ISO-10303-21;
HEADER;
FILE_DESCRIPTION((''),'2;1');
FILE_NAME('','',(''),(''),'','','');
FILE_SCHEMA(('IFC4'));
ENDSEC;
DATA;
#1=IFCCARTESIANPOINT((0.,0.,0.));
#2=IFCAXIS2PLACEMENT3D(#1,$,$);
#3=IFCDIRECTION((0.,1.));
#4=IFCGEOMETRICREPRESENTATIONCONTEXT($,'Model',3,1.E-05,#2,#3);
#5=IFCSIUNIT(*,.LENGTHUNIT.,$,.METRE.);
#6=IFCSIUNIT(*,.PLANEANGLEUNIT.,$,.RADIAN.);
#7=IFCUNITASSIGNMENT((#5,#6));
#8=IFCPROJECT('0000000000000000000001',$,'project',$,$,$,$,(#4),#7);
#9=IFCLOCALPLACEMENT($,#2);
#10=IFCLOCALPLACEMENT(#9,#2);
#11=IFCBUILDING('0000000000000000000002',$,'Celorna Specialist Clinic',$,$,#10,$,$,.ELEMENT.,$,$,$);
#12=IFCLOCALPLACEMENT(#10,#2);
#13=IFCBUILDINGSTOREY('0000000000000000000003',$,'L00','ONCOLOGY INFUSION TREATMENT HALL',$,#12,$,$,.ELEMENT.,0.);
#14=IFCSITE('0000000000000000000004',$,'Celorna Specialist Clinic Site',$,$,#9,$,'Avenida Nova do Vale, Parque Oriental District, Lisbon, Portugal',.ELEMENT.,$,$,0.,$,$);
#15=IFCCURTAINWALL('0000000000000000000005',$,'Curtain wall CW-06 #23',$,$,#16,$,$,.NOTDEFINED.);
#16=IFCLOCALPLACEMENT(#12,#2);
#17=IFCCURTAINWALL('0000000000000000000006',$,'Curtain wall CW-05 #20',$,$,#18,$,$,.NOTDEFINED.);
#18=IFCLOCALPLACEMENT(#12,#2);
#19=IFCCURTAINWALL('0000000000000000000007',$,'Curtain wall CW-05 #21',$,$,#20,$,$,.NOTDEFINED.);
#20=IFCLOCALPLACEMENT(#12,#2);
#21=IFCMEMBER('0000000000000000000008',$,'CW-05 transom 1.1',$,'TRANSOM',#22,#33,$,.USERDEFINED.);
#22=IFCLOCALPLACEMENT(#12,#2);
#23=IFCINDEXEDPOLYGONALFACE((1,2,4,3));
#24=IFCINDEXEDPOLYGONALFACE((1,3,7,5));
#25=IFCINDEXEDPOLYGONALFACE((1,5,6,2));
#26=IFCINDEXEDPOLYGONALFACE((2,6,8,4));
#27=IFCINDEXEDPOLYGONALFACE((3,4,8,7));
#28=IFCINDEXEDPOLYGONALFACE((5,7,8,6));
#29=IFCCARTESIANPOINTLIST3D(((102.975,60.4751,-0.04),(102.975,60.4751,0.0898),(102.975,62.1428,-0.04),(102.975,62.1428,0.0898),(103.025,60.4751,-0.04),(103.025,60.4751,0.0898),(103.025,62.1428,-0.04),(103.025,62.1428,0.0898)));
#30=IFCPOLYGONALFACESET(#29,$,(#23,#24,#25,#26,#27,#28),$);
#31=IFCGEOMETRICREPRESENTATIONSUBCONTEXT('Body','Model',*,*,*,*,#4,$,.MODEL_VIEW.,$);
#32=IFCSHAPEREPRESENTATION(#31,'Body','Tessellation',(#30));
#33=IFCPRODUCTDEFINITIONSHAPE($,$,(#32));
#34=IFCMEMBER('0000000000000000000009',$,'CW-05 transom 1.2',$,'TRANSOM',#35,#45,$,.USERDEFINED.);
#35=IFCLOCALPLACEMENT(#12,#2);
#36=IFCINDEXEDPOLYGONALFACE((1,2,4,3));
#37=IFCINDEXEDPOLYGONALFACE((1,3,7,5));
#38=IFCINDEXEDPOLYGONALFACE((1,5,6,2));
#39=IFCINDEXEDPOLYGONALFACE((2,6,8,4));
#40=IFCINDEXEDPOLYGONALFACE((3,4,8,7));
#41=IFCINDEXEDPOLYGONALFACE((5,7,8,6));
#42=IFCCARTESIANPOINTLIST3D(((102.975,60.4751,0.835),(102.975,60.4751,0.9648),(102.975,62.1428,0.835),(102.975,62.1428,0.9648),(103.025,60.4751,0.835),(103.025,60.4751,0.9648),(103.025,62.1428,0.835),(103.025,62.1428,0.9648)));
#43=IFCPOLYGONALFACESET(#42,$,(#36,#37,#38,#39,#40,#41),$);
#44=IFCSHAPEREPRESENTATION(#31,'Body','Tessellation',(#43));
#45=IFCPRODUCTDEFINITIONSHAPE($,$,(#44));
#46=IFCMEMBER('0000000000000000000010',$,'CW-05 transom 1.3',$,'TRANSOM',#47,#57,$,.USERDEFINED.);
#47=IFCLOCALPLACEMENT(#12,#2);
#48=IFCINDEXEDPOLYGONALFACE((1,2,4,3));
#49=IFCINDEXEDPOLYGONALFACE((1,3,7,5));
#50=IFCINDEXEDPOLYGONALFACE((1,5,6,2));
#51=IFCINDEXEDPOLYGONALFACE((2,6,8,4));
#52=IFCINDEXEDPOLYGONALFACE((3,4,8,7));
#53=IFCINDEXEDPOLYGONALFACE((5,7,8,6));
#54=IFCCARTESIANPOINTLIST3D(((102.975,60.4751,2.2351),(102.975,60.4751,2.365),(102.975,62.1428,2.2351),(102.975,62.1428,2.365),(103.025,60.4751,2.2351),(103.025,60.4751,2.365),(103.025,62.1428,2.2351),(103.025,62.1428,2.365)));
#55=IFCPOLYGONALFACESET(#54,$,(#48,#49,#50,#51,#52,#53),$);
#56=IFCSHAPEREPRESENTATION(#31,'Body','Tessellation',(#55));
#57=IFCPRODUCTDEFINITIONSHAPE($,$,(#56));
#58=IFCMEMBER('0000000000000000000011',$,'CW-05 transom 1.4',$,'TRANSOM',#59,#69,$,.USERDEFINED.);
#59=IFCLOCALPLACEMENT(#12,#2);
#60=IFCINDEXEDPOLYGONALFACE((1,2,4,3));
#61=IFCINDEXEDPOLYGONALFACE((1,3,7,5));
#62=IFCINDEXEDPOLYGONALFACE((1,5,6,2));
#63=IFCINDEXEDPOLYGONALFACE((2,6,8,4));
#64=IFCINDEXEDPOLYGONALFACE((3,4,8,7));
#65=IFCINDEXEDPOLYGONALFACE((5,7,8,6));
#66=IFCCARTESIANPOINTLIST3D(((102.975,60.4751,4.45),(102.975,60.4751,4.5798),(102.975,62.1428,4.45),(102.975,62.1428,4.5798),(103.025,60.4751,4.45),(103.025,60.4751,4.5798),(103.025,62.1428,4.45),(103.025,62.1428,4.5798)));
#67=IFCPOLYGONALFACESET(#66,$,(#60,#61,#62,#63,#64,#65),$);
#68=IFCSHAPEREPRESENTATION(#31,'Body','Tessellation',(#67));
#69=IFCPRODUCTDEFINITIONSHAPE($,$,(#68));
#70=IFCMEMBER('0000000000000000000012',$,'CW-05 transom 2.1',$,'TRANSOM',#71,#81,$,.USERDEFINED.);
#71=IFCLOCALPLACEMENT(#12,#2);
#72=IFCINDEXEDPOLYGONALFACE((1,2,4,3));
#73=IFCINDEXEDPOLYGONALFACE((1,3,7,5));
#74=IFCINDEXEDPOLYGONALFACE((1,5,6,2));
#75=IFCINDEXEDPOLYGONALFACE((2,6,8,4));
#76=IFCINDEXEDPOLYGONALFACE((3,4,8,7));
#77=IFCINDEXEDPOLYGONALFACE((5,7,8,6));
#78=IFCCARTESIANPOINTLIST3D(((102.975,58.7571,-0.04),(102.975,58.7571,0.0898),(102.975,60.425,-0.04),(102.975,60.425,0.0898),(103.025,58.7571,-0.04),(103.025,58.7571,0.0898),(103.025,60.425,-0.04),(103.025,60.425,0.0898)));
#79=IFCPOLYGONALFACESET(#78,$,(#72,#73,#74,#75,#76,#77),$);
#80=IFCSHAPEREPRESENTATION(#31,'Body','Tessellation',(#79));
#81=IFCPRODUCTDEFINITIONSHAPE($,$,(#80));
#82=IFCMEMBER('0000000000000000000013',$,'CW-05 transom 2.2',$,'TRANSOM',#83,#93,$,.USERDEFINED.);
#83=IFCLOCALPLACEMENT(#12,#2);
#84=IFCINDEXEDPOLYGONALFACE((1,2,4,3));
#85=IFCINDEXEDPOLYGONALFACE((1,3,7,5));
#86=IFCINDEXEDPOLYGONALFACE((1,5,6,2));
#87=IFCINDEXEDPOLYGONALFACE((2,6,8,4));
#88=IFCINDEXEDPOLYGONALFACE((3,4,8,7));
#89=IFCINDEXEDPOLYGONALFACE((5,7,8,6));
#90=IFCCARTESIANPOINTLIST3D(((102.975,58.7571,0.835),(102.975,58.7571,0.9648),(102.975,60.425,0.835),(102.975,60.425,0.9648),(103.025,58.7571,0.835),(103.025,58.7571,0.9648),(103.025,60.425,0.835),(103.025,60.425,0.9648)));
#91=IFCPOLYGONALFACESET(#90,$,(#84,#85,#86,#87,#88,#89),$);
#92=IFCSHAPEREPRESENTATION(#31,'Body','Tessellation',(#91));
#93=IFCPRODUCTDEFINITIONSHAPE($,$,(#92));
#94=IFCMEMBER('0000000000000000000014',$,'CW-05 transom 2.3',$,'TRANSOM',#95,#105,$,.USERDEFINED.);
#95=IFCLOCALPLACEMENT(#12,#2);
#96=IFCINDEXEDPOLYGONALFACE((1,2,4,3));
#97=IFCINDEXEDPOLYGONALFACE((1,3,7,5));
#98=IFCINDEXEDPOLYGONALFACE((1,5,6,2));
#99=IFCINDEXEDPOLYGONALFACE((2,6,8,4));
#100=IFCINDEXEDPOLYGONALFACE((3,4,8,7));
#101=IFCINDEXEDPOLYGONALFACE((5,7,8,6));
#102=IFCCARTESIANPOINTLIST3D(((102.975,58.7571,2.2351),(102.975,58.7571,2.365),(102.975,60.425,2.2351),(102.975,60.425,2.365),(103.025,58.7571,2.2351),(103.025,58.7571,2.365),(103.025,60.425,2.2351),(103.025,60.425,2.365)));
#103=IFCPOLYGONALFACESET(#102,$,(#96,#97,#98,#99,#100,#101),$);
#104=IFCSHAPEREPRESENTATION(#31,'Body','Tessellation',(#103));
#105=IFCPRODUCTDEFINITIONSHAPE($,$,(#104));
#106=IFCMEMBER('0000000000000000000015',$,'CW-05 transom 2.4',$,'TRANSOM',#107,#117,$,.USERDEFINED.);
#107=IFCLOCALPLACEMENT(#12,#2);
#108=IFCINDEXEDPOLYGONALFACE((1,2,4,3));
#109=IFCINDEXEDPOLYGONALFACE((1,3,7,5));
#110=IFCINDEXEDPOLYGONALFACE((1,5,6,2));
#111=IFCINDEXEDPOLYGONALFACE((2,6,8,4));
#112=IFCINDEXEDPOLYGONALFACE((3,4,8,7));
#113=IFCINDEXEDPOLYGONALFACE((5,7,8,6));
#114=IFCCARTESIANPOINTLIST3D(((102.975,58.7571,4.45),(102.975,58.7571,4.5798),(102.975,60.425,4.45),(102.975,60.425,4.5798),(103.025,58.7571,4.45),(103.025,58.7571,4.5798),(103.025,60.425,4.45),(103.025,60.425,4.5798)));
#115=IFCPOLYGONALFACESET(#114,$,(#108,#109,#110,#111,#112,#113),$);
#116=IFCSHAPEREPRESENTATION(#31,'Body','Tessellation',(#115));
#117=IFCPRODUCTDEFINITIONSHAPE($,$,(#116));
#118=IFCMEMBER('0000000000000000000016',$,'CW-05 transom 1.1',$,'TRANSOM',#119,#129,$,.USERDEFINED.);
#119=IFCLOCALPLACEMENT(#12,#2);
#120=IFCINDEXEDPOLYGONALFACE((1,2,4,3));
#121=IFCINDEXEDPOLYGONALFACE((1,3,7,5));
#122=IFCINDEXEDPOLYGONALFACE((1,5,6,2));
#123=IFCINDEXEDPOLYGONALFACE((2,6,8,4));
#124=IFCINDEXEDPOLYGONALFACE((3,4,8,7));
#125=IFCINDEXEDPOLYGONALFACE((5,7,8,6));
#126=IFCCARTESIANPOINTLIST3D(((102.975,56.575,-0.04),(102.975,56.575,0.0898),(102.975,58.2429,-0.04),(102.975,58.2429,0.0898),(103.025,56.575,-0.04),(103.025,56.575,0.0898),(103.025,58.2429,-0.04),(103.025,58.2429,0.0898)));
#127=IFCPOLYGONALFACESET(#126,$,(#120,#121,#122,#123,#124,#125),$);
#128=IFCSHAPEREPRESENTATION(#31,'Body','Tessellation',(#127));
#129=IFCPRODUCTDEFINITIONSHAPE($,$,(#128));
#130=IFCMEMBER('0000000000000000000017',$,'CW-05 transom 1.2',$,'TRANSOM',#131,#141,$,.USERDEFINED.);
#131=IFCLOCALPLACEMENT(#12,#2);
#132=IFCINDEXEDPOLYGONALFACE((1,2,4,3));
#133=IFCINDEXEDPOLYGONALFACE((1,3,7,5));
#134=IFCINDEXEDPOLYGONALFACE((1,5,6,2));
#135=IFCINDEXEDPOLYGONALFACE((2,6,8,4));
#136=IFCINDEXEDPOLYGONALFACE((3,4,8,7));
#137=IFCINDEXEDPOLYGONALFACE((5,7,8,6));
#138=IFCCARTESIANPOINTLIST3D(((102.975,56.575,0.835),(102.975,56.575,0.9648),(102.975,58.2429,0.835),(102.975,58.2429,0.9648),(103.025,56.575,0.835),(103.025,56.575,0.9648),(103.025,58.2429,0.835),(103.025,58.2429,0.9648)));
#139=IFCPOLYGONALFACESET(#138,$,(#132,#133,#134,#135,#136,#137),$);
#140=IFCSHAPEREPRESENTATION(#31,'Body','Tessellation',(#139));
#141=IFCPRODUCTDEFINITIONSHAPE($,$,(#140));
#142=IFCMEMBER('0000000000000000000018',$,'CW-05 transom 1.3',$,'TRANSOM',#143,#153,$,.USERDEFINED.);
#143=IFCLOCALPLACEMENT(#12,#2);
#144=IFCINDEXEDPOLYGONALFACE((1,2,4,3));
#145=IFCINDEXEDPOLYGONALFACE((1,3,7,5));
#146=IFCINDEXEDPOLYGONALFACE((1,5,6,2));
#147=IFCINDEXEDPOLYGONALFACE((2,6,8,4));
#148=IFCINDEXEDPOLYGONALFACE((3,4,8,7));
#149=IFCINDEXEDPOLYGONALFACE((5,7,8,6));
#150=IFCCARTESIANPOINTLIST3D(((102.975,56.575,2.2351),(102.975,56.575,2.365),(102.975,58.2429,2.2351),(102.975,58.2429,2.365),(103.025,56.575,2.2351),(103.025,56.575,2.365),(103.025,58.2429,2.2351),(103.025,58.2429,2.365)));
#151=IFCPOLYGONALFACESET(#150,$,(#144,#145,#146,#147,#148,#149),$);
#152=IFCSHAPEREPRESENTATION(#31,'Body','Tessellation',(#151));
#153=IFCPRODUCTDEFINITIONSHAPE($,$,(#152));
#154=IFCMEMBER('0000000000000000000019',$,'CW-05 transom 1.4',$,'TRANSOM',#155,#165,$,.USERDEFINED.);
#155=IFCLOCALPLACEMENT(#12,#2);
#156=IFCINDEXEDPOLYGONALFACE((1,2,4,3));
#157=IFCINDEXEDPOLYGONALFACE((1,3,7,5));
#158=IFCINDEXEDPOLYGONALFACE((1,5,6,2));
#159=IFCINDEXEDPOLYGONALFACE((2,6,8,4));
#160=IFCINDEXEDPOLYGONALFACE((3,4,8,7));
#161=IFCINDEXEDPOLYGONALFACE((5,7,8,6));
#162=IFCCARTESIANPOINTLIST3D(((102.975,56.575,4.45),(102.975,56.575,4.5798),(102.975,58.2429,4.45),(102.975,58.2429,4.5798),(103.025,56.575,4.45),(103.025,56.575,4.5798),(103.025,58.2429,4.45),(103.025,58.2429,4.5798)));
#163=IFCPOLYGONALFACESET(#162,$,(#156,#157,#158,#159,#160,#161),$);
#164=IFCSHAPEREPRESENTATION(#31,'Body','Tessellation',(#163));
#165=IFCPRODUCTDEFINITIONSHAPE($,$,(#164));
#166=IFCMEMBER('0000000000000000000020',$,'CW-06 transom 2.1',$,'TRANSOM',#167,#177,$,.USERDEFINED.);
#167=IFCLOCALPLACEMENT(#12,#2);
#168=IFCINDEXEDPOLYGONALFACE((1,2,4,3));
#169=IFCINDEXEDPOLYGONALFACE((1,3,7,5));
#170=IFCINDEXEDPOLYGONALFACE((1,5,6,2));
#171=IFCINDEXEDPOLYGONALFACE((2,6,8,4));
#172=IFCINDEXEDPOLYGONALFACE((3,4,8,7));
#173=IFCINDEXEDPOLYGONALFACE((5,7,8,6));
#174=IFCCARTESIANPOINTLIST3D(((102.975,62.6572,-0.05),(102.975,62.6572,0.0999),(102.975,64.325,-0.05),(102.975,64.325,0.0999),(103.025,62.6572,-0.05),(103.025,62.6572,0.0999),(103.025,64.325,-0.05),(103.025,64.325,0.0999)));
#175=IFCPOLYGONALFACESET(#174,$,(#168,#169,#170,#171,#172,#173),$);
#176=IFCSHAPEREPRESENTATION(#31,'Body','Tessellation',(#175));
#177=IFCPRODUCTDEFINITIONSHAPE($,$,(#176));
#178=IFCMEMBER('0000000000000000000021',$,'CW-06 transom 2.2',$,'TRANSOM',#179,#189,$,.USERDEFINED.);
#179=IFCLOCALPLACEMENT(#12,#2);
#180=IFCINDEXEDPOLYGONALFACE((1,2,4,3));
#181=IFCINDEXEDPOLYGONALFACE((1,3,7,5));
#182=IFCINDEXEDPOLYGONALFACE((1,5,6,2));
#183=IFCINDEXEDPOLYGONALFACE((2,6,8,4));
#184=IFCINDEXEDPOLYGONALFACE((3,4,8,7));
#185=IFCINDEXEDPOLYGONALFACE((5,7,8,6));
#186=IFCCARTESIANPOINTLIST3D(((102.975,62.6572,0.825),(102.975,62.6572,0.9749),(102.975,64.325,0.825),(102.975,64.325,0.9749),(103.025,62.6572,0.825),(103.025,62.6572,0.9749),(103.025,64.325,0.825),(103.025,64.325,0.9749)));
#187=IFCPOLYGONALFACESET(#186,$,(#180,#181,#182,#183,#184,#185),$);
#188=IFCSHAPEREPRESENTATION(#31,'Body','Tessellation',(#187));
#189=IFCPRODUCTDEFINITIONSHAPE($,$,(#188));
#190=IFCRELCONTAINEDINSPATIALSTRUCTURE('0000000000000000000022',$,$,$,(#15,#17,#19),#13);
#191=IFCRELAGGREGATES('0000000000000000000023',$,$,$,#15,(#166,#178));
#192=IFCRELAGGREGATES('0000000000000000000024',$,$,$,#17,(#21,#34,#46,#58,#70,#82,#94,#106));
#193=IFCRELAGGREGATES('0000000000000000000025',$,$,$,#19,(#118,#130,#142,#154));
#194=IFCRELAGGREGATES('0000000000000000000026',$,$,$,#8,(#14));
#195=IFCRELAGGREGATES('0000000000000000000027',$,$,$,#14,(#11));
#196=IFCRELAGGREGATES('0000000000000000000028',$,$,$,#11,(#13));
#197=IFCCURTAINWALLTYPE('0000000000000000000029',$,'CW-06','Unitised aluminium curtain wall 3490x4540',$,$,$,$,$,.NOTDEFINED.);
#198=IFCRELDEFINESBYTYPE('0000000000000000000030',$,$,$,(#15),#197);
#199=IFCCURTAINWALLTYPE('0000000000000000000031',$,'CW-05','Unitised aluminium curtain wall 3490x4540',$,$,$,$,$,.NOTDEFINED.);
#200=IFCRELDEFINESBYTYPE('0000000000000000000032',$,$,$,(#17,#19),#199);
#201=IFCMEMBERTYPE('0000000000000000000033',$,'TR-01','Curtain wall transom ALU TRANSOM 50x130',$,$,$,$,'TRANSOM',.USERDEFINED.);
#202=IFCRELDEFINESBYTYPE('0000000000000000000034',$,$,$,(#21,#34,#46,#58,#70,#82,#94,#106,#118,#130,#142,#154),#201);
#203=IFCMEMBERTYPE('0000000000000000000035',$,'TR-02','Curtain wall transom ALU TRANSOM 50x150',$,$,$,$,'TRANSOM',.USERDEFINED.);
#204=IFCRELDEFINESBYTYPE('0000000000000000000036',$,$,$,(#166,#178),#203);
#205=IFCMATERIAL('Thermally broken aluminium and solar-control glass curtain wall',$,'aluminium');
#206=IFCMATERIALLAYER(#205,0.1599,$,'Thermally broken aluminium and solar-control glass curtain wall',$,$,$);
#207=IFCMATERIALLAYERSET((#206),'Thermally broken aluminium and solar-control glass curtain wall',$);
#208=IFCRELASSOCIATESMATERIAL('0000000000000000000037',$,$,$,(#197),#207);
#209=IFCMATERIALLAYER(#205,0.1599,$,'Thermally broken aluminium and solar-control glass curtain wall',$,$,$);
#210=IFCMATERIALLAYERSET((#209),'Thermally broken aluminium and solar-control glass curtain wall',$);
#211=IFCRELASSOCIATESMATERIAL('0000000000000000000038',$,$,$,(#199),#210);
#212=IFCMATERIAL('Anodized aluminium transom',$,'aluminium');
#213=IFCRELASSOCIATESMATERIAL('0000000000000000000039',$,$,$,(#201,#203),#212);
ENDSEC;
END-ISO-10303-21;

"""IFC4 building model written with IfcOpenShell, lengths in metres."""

from ifc_helpers import new_model, si_unit, direction, frame, origin, origin_2d, place, context, subcontext, project, spatial, rectangle, extrude, material, layer, layer_set, material_profile, profile_set, type_object, element, aggregate, save


model = new_model("IFC4")

# Units and contexts
model_context = context("Model", 3, precision=1e-05, world=origin(), true_north=direction((0.0, 1.0)))
body_context = subcontext(model_context, "Body", "Model", "MODEL_VIEW")
ifc_project = project(units=[si_unit("LENGTHUNIT", "METRE"), si_unit("PLANEANGLEUNIT", "RADIAN")], contexts=[model_context])

# Site, building, storey
site_placement = place(None, origin())
site = spatial("IfcSite", under=ifc_project, at=site_placement, Name="Celorna Specialist Clinic Site", LongName="Avenida Nova do Vale, Parque Oriental District, Lisbon, Portugal", CompositionType="ELEMENT", RefElevation=0.0)
building_placement = place(site_placement, origin())
building = spatial("IfcBuilding", under=site, at=building_placement, Name="Celorna Specialist Clinic", CompositionType="ELEMENT")
storey_placement = place(building_placement, origin())
storey = spatial("IfcBuildingStorey", under=building, at=storey_placement, Name="L00", Description="ONCOLOGY INFUSION TREATMENT HALL", CompositionType="ELEMENT", Elevation=0.0)

# Curtain wall
ifc_material_1 = material(Name="Thermally broken aluminium and solar-control glass curtain wall", Category="aluminium")
ifc_layer_1 = layer(ifc_material_1, 0.1599, Name="Thermally broken aluminium and solar-control glass curtain wall")
ifc_layer_set_1 = layer_set([ifc_layer_1], Name="Thermally broken aluminium and solar-control glass curtain wall")
curtain_wall_type_1 = type_object("IfcCurtainWallType", Name="CW-06", Description="Unitised aluminium curtain wall 3490x4540", PredefinedType="NOTDEFINED", material=ifc_layer_set_1)
curtain_wall_1_placement = place(storey_placement, origin())
curtain_wall_1 = element("IfcCurtainWall", 1, at=curtain_wall_1_placement, inside=storey, type_object=curtain_wall_type_1, Name="Curtain wall CW-06 #23", PredefinedType="NOTDEFINED")

# Curtain wall
ifc_layer_2 = layer(ifc_material_1, 0.1599, Name="Thermally broken aluminium and solar-control glass curtain wall")
ifc_layer_set_2 = layer_set([ifc_layer_2], Name="Thermally broken aluminium and solar-control glass curtain wall")
curtain_wall_type_2 = type_object("IfcCurtainWallType", Name="CW-05", Description="Unitised aluminium curtain wall 3490x4540", PredefinedType="NOTDEFINED", material=ifc_layer_set_2)
curtain_wall_2_placement = place(storey_placement, origin())
curtain_wall_2 = element("IfcCurtainWall", 2, at=curtain_wall_2_placement, inside=storey, type_object=curtain_wall_type_2, Name="Curtain wall CW-05 #20", PredefinedType="NOTDEFINED")

# Curtain wall
curtain_wall_3_placement = place(storey_placement, origin())
curtain_wall_3 = element("IfcCurtainWall", 3, at=curtain_wall_3_placement, inside=storey, type_object=curtain_wall_type_2, Name="Curtain wall CW-05 #21", PredefinedType="NOTDEFINED")

# Members
ifc_material_2 = material(Name="Anodized aluminium transom", Category="aluminium")
ifc_material_profile_1 = material_profile(ifc_material_2, rectangle(XDim=0.05, YDim=0.1299, at=origin_2d()), Name="ALU TRANSOM 50x130")
ifc_profile_set_1 = profile_set([ifc_material_profile_1], Name="Anodized aluminium transom")
member_type_1 = type_object("IfcMemberType", Name="TR-01", Description="Curtain wall transom ALU TRANSOM 50x130", ElementType="TRANSOM", PredefinedType="USERDEFINED", material=ifc_profile_set_1)
member_1_placement = place(storey_placement, frame((103.0, 62.1428, 0.0249), z_axis=(0.0, -1.0, 0.0), x_axis=(1.0, 0.0, 0.0)))
member_1 = element("IfcMember", 4, at=member_1_placement, type_object=member_type_1, Name="CW-05 transom 1.1", ObjectType="TRANSOM", PredefinedType="USERDEFINED", context=body_context, shape_type="SweptSolid", body=[
    extrude(rectangle(XDim=0.05, YDim=0.1299, at=origin_2d()), origin(), (0.0, 0.0, 1.0), 1.6677),
])
member_2_placement = place(storey_placement, frame((103.0, 62.1428, 0.8999), z_axis=(0.0, -1.0, 0.0), x_axis=(1.0, 0.0, 0.0)))
member_2 = element("IfcMember", 5, at=member_2_placement, type_object=member_type_1, Name="CW-05 transom 1.2", ObjectType="TRANSOM", PredefinedType="USERDEFINED", context=body_context, shape_type="SweptSolid", body=[
    extrude(rectangle(XDim=0.05, YDim=0.1299, at=origin_2d()), origin(), (0.0, 0.0, 1.0), 1.6677),
])
member_3_placement = place(storey_placement, frame((103.0, 62.1428, 2.3), z_axis=(0.0, -1.0, 0.0), x_axis=(1.0, 0.0, 0.0)))
member_3 = element("IfcMember", 6, at=member_3_placement, type_object=member_type_1, Name="CW-05 transom 1.3", ObjectType="TRANSOM", PredefinedType="USERDEFINED", context=body_context, shape_type="SweptSolid", body=[
    extrude(rectangle(XDim=0.05, YDim=0.1299, at=origin_2d()), origin(), (0.0, 0.0, 1.0), 1.6677),
])
member_4_placement = place(storey_placement, frame((103.0, 62.1428, 4.5149), z_axis=(0.0, -1.0, 0.0), x_axis=(1.0, 0.0, 0.0)))
member_4 = element("IfcMember", 7, at=member_4_placement, type_object=member_type_1, Name="CW-05 transom 1.4", ObjectType="TRANSOM", PredefinedType="USERDEFINED", context=body_context, shape_type="SweptSolid", body=[
    extrude(rectangle(XDim=0.05, YDim=0.1299, at=origin_2d()), origin(), (0.0, 0.0, 1.0), 1.6677),
])
member_5_placement = place(storey_placement, frame((103.0, 60.425, 0.0249), z_axis=(0.0, -1.0, 0.0), x_axis=(1.0, 0.0, 0.0)))
member_5 = element("IfcMember", 8, at=member_5_placement, type_object=member_type_1, Name="CW-05 transom 2.1", ObjectType="TRANSOM", PredefinedType="USERDEFINED", context=body_context, shape_type="SweptSolid", body=[
    extrude(rectangle(XDim=0.05, YDim=0.1299, at=origin_2d()), origin(), (0.0, 0.0, 1.0), 1.668),
])
member_6_placement = place(storey_placement, frame((103.0, 60.425, 0.8999), z_axis=(0.0, -1.0, 0.0), x_axis=(1.0, 0.0, 0.0)))
member_6 = element("IfcMember", 9, at=member_6_placement, type_object=member_type_1, Name="CW-05 transom 2.2", ObjectType="TRANSOM", PredefinedType="USERDEFINED", context=body_context, shape_type="SweptSolid", body=[
    extrude(rectangle(XDim=0.05, YDim=0.1299, at=origin_2d()), origin(), (0.0, 0.0, 1.0), 1.668),
])
member_7_placement = place(storey_placement, frame((103.0, 60.425, 2.3), z_axis=(0.0, -1.0, 0.0), x_axis=(1.0, 0.0, 0.0)))
member_7 = element("IfcMember", 10, at=member_7_placement, type_object=member_type_1, Name="CW-05 transom 2.3", ObjectType="TRANSOM", PredefinedType="USERDEFINED", context=body_context, shape_type="SweptSolid", body=[
    extrude(rectangle(XDim=0.05, YDim=0.1299, at=origin_2d()), origin(), (0.0, 0.0, 1.0), 1.668),
])
member_8_placement = place(storey_placement, frame((103.0, 60.425, 4.5149), z_axis=(0.0, -1.0, 0.0), x_axis=(1.0, 0.0, 0.0)))
member_8 = element("IfcMember", 11, at=member_8_placement, type_object=member_type_1, Name="CW-05 transom 2.4", ObjectType="TRANSOM", PredefinedType="USERDEFINED", context=body_context, shape_type="SweptSolid", body=[
    extrude(rectangle(XDim=0.05, YDim=0.1299, at=origin_2d()), origin(), (0.0, 0.0, 1.0), 1.668),
])
member_9_placement = place(storey_placement, frame((103.0, 58.2429, 0.0249), z_axis=(0.0, -1.0, 0.0), x_axis=(1.0, 0.0, 0.0)))
member_9 = element("IfcMember", 12, at=member_9_placement, type_object=member_type_1, Name="CW-05 transom 1.1", ObjectType="TRANSOM", PredefinedType="USERDEFINED", context=body_context, shape_type="SweptSolid", body=[
    extrude(rectangle(XDim=0.05, YDim=0.1299, at=origin_2d()), origin(), (0.0, 0.0, 1.0), 1.668),
])
member_10_placement = place(storey_placement, frame((103.0, 58.2429, 0.8999), z_axis=(0.0, -1.0, 0.0), x_axis=(1.0, 0.0, 0.0)))
member_10 = element("IfcMember", 13, at=member_10_placement, type_object=member_type_1, Name="CW-05 transom 1.2", ObjectType="TRANSOM", PredefinedType="USERDEFINED", context=body_context, shape_type="SweptSolid", body=[
    extrude(rectangle(XDim=0.05, YDim=0.1299, at=origin_2d()), origin(), (0.0, 0.0, 1.0), 1.668),
])
member_11_placement = place(storey_placement, frame((103.0, 58.2429, 2.3), z_axis=(0.0, -1.0, 0.0), x_axis=(1.0, 0.0, 0.0)))
member_11 = element("IfcMember", 14, at=member_11_placement, type_object=member_type_1, Name="CW-05 transom 1.3", ObjectType="TRANSOM", PredefinedType="USERDEFINED", context=body_context, shape_type="SweptSolid", body=[
    extrude(rectangle(XDim=0.05, YDim=0.1299, at=origin_2d()), origin(), (0.0, 0.0, 1.0), 1.668),
])
member_12_placement = place(storey_placement, frame((103.0, 58.2429, 4.5149), z_axis=(0.0, -1.0, 0.0), x_axis=(1.0, 0.0, 0.0)))
member_12 = element("IfcMember", 15, at=member_12_placement, type_object=member_type_1, Name="CW-05 transom 1.4", ObjectType="TRANSOM", PredefinedType="USERDEFINED", context=body_context, shape_type="SweptSolid", body=[
    extrude(rectangle(XDim=0.05, YDim=0.1299, at=origin_2d()), origin(), (0.0, 0.0, 1.0), 1.668),
])
ifc_material_profile_2 = material_profile(ifc_material_2, rectangle(XDim=0.05, YDim=0.1499, at=origin_2d()), Name="ALU TRANSOM 50x150")
ifc_profile_set_2 = profile_set([ifc_material_profile_2], Name="Anodized aluminium transom")
member_type_2 = type_object("IfcMemberType", Name="TR-02", Description="Curtain wall transom ALU TRANSOM 50x150", ElementType="TRANSOM", PredefinedType="USERDEFINED", material=ifc_profile_set_2)
member_13_placement = place(storey_placement, frame((103.0, 64.325, 0.0249), z_axis=(0.0, -1.0, 0.0), x_axis=(1.0, 0.0, 0.0)))
member_13 = element("IfcMember", 16, at=member_13_placement, type_object=member_type_2, Name="CW-06 transom 2.1", ObjectType="TRANSOM", PredefinedType="USERDEFINED", context=body_context, shape_type="SweptSolid", body=[
    extrude(rectangle(XDim=0.05, YDim=0.1499, at=origin_2d()), origin(), (0.0, 0.0, 1.0), 1.6677),
])
member_14_placement = place(storey_placement, frame((103.0, 64.325, 0.8999), z_axis=(0.0, -1.0, 0.0), x_axis=(1.0, 0.0, 0.0)))
member_14 = element("IfcMember", 17, at=member_14_placement, type_object=member_type_2, Name="CW-06 transom 2.2", ObjectType="TRANSOM", PredefinedType="USERDEFINED", context=body_context, shape_type="SweptSolid", body=[
    extrude(rectangle(XDim=0.05, YDim=0.1499, at=origin_2d()), origin(), (0.0, 0.0, 1.0), 1.6677),
])

aggregate(curtain_wall_1, [member_13, member_14])
aggregate(curtain_wall_2, [member_1, member_2, member_3, member_4, member_5, member_6, member_7, member_8])
aggregate(curtain_wall_3, [member_9, member_10, member_11, member_12])

save(model, "model.ifc")
